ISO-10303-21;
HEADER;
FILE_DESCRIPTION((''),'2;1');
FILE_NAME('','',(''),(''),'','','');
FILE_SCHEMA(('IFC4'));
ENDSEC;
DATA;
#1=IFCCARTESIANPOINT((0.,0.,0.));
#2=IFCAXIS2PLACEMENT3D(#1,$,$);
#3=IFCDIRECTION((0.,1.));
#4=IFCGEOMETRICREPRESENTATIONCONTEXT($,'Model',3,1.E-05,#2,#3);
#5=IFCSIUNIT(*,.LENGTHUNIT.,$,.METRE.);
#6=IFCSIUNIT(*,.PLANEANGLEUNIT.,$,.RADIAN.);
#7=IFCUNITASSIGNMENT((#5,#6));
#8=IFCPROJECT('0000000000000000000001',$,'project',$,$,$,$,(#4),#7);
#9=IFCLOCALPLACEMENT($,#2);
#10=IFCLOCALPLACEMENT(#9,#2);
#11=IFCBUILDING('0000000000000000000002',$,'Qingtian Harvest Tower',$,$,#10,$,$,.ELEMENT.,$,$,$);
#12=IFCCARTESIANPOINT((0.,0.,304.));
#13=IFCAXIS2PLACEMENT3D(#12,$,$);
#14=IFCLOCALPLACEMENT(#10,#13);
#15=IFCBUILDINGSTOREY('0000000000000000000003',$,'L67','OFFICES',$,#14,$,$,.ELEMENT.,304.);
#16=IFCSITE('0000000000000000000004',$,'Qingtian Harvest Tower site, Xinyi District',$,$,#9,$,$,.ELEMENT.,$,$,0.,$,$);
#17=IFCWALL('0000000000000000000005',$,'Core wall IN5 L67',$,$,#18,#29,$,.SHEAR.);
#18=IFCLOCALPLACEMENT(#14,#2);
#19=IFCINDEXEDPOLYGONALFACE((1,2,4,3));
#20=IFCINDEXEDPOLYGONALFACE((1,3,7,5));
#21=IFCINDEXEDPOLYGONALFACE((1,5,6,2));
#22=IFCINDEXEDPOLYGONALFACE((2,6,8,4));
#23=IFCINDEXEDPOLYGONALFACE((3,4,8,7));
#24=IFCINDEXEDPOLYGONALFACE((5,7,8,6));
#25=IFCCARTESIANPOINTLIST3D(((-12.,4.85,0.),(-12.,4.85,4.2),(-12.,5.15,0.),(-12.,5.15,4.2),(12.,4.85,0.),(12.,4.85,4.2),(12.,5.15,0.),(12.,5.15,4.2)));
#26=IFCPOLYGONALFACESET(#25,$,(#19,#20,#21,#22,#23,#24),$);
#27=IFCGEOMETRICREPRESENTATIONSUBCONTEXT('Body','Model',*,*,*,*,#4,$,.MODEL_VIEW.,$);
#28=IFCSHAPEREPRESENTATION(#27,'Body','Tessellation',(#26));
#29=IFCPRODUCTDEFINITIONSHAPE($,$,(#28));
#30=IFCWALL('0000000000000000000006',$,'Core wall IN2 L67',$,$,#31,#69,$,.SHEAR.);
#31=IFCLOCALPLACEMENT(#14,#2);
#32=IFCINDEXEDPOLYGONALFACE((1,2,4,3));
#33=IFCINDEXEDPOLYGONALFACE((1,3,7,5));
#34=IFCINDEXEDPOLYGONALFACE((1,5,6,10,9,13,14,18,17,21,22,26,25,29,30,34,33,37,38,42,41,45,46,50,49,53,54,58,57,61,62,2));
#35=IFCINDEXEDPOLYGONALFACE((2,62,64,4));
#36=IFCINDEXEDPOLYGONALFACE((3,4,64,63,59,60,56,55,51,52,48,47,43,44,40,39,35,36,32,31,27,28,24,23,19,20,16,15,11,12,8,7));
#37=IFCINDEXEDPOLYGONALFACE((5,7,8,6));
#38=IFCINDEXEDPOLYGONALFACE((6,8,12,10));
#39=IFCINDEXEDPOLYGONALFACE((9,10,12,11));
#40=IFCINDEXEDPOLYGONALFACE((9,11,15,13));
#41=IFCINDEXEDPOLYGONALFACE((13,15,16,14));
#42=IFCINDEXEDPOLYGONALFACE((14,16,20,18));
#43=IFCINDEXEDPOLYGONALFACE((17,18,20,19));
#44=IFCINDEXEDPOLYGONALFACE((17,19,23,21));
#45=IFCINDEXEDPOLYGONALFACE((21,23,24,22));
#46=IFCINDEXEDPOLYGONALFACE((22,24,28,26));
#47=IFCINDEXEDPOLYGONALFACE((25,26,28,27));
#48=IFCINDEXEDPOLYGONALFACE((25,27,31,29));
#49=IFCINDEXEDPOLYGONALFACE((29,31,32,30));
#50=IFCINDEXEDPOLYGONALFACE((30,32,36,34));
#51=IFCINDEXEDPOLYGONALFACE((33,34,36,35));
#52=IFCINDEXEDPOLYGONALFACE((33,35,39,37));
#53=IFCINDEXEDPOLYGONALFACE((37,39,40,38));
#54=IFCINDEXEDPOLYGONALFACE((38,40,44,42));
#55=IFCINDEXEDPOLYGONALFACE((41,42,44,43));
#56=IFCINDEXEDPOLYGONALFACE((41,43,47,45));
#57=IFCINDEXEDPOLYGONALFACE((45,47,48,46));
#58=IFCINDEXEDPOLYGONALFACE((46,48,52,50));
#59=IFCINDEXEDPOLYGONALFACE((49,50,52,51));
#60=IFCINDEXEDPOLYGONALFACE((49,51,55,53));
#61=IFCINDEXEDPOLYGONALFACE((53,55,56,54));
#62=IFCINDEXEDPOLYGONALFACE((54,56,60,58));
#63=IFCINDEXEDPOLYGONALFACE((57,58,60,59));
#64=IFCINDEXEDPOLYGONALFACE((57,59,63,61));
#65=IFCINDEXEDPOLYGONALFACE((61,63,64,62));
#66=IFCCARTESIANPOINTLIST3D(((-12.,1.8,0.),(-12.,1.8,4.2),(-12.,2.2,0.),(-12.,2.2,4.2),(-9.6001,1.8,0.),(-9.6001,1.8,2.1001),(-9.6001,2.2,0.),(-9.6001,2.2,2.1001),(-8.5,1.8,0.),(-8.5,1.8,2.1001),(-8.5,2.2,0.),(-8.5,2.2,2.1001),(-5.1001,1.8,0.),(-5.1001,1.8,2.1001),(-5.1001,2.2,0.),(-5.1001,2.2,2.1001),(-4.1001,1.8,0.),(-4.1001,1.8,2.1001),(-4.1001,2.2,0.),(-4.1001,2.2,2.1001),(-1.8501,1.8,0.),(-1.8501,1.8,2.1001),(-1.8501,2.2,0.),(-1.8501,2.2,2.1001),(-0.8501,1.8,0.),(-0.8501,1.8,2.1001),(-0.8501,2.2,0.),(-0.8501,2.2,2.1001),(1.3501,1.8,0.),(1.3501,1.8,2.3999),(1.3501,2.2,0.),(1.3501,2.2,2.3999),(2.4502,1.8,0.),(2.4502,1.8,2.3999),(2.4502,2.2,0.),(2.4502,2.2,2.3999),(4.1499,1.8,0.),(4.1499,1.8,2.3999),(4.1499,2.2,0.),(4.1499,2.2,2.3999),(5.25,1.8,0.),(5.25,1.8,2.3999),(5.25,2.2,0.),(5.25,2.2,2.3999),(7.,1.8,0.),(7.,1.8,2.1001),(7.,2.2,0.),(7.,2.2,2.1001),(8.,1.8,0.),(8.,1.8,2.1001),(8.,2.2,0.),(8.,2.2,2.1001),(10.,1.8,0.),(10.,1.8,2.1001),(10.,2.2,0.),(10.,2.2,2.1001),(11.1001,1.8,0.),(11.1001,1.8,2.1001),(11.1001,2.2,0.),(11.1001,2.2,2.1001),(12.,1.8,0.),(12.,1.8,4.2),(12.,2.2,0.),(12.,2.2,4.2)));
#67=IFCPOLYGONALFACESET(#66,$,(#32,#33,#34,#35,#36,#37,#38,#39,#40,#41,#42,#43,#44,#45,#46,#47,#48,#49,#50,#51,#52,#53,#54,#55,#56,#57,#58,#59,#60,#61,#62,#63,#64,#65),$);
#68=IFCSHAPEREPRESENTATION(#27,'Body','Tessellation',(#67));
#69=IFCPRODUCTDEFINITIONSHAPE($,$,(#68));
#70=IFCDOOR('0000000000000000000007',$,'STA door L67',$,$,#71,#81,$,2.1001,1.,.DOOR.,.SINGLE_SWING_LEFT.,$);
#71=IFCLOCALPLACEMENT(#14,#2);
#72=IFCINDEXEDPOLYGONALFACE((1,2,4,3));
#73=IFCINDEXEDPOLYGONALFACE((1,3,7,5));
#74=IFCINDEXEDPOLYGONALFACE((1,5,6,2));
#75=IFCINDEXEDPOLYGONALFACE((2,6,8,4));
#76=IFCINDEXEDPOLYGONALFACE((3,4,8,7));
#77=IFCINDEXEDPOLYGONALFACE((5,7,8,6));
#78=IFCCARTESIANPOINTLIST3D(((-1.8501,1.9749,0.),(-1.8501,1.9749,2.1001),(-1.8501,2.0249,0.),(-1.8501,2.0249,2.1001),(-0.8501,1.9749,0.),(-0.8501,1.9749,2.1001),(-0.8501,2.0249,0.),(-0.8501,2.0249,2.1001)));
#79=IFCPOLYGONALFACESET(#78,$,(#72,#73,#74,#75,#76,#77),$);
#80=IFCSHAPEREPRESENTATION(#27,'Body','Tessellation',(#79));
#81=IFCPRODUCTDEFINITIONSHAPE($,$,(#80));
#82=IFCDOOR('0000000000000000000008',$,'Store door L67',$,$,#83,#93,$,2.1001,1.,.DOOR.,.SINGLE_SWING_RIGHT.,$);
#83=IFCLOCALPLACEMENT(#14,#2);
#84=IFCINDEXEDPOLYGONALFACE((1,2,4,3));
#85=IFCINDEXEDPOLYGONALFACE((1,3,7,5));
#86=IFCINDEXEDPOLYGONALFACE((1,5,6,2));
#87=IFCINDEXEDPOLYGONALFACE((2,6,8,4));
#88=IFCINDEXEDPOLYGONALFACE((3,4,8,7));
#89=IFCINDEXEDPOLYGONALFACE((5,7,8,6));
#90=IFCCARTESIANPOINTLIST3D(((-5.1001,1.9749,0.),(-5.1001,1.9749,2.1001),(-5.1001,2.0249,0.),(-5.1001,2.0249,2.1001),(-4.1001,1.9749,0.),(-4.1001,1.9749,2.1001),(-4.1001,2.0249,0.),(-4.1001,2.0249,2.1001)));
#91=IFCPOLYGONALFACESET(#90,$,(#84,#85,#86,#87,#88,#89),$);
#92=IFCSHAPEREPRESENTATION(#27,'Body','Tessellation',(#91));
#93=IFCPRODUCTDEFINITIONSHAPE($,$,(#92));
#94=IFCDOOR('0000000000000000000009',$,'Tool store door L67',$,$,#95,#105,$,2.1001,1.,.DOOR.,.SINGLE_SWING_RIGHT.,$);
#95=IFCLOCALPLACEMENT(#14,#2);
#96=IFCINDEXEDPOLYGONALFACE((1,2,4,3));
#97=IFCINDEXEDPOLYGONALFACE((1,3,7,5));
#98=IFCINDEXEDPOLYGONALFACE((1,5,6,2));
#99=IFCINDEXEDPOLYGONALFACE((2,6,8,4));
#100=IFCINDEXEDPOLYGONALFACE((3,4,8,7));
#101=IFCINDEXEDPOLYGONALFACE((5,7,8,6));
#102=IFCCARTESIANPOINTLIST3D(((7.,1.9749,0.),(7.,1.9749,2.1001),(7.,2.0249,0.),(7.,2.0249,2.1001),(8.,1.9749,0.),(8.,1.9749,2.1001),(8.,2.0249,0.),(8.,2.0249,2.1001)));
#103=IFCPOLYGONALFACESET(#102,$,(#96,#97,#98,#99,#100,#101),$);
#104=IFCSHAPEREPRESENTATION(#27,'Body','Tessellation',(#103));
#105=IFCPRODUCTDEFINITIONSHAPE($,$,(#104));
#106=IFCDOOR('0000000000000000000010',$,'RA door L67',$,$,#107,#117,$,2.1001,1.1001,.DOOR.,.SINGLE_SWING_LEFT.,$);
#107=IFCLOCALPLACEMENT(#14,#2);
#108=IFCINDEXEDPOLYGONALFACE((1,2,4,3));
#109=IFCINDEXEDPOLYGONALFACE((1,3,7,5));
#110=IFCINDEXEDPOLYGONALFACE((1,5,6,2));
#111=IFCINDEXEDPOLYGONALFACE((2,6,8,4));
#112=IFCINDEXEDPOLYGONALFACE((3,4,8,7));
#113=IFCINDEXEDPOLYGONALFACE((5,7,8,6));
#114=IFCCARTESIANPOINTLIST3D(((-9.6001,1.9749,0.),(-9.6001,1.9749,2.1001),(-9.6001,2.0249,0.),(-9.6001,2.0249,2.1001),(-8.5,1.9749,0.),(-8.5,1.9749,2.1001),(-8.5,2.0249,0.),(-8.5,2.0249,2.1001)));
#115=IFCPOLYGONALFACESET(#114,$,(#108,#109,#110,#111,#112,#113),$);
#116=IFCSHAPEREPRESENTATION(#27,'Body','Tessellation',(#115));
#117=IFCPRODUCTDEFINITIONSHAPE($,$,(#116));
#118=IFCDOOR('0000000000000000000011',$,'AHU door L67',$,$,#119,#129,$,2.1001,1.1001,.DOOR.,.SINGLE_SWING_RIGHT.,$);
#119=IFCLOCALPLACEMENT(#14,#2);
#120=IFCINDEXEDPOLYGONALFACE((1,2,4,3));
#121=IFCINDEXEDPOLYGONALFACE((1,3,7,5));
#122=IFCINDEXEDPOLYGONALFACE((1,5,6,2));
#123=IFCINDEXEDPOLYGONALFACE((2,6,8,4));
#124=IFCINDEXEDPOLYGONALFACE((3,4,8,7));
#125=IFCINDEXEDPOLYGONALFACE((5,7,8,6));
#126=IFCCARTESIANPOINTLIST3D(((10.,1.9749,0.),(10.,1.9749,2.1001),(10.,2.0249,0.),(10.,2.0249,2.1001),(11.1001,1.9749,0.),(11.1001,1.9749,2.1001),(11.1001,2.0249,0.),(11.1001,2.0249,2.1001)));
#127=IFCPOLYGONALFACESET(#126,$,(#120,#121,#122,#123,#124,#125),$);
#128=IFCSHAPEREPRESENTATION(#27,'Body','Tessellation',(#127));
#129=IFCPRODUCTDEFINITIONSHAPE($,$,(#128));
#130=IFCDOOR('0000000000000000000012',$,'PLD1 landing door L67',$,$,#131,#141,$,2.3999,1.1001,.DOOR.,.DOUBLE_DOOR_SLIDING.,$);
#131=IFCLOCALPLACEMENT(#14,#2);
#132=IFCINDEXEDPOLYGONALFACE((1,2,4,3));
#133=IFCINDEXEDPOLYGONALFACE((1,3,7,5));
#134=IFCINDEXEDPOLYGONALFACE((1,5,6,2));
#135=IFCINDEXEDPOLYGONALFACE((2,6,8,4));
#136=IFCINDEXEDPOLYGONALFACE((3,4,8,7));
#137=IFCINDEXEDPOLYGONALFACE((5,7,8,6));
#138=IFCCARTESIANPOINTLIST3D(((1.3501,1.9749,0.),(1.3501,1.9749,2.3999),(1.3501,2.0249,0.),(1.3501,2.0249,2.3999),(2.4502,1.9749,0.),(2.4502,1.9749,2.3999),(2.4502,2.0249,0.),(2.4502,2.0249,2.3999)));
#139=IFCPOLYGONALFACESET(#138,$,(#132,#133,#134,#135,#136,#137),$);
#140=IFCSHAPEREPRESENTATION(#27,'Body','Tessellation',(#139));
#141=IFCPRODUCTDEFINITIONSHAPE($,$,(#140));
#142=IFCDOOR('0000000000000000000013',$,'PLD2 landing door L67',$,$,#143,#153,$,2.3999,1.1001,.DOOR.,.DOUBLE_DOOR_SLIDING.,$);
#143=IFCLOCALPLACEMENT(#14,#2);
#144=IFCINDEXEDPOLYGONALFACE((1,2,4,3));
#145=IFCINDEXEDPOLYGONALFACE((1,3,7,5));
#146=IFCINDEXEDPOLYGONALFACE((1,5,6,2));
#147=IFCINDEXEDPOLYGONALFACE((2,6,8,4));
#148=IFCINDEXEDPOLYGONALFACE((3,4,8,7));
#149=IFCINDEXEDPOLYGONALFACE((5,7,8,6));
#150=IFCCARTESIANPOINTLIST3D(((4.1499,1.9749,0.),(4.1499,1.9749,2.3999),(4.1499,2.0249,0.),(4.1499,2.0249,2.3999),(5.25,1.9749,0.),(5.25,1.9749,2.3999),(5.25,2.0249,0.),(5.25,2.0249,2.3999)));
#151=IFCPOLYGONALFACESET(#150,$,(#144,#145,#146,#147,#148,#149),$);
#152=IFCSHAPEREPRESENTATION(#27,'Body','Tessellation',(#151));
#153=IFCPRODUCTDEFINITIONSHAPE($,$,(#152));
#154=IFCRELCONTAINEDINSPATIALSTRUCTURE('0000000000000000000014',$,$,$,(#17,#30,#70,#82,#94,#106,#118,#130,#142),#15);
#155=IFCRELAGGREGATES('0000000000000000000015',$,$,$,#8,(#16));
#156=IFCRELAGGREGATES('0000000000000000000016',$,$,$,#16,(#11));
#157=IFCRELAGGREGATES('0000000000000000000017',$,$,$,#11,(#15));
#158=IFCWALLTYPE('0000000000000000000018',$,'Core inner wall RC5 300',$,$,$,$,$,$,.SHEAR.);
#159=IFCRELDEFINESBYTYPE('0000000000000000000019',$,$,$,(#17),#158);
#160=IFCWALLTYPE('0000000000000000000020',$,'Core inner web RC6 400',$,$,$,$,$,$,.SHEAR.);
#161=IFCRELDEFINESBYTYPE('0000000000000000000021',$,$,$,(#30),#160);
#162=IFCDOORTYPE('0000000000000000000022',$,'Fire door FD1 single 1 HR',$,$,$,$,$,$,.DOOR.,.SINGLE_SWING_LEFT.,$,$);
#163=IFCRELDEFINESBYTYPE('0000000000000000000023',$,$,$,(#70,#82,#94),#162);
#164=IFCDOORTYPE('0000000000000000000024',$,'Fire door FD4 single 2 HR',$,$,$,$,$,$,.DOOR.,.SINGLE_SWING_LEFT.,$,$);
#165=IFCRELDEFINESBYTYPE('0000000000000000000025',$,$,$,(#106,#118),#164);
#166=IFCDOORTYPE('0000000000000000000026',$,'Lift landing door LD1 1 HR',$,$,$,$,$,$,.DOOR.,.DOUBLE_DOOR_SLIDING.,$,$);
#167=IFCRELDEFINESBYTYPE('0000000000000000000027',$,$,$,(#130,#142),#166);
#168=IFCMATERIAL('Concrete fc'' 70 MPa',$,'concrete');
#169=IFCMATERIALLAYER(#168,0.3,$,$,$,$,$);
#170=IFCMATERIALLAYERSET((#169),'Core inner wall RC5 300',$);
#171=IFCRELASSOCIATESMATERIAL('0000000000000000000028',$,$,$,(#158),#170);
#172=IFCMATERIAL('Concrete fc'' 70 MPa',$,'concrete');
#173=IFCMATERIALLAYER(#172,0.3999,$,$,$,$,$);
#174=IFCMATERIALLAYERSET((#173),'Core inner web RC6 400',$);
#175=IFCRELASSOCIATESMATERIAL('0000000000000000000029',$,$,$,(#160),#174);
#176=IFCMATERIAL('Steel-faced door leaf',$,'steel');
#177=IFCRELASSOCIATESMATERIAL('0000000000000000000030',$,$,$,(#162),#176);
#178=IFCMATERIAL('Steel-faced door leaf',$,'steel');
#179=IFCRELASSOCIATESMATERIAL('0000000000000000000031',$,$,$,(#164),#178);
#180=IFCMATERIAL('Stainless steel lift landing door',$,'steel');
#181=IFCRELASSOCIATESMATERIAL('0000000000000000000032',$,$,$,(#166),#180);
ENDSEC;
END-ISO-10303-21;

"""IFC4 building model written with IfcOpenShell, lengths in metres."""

from ifc_helpers import new_model, si_unit, direction, frame, frame_2d, origin, place, context, subcontext, project, spatial, rectangle, extrude, material, layer, layer_set, type_object, element, fill, save


model = new_model("IFC4")

# Units and contexts
model_context = context("Model", 3, precision=1e-05, world=origin(), true_north=direction((0.0, 1.0)))
body_context = subcontext(model_context, "Body", "Model", "MODEL_VIEW")
ifc_project = project(units=[si_unit("LENGTHUNIT", "METRE"), si_unit("PLANEANGLEUNIT", "RADIAN")], contexts=[model_context])

# Site, building, storey
site_placement = place(None, origin())
site = spatial("IfcSite", under=ifc_project, at=site_placement, Name="Qingtian Harvest Tower site, Xinyi District", CompositionType="ELEMENT", RefElevation=0.0)
building_placement = place(site_placement, origin())
building = spatial("IfcBuilding", under=site, at=building_placement, Name="Qingtian Harvest Tower", CompositionType="ELEMENT")
storey_placement = place(building_placement, frame((0.0, 0.0, 304.0)))
storey = spatial("IfcBuildingStorey", under=building, at=storey_placement, Name="L67", Description="OFFICES", CompositionType="ELEMENT", Elevation=304.0)

# Wall
ifc_material_1 = material(Name="Concrete fc' 70 MPa", Category="concrete")
ifc_layer_1 = layer(ifc_material_1, 0.3)
ifc_layer_set_1 = layer_set([ifc_layer_1], Name="Core inner wall RC5 300")
wall_type_1 = type_object("IfcWallType", Name="Core inner wall RC5 300", PredefinedType="SHEAR", material=ifc_layer_set_1)
wall_1_placement = place(storey_placement, frame((-12.0, 5.0, 0.0), z_axis=(0.0, 0.0, 1.0), x_axis=(1.0, 0.0, 0.0)))
element("IfcWall", 1, at=wall_1_placement, inside=storey, type_object=wall_type_1, Name="Core wall IN5 L67", PredefinedType="SHEAR", context=body_context, shape_type="SweptSolid", body=[
    extrude(rectangle(XDim=24.0, YDim=0.3, at=frame_2d((12.0, 0.0))), origin(), (0.0, 0.0, 1.0), 4.2),
])

# Wall, openings, doors
ifc_material_2 = material(Name="Concrete fc' 70 MPa", Category="concrete")
ifc_layer_2 = layer(ifc_material_2, 0.3999)
ifc_layer_set_2 = layer_set([ifc_layer_2], Name="Core inner web RC6 400")
wall_type_2 = type_object("IfcWallType", Name="Core inner web RC6 400", PredefinedType="SHEAR", material=ifc_layer_set_2)
wall_2_placement = place(storey_placement, frame((-12.0, 2.0, 0.0), z_axis=(0.0, 0.0, 1.0), x_axis=(1.0, 0.0, 0.0)))
wall_2 = element("IfcWall", 2, at=wall_2_placement, inside=storey, type_object=wall_type_2, Name="Core wall IN2 L67", PredefinedType="SHEAR", context=body_context, shape_type="SweptSolid", body=[
    extrude(rectangle(XDim=24.0, YDim=0.3999, at=frame_2d((12.0, 0.0))), origin(), (0.0, 0.0, 1.0), 4.2),
])
opening_1_placement = place(wall_2_placement, frame((2.3999, 0.0, 0.0)))
opening_1 = element("IfcOpeningElement", 3, at=opening_1_placement, cuts=wall_2, PredefinedType="OPENING", context=body_context, shape_type="SweptSolid", body=[
    extrude(rectangle(XDim=1.1001, YDim=2.1001, at=frame_2d((0.55, 1.05))), frame((0.0, 0.21, 0.0), z_axis=(0.0, -1.0, 0.0), x_axis=(1.0, 0.0, 0.0)), (0.0, 0.0, 1.0), 0.4199),
])
opening_2_placement = place(wall_2_placement, frame((22.0, 0.0, 0.0)))
opening_2 = element("IfcOpeningElement", 4, at=opening_2_placement, cuts=wall_2, PredefinedType="OPENING", context=body_context, shape_type="SweptSolid", body=[
    extrude(rectangle(XDim=1.1001, YDim=2.1001, at=frame_2d((0.55, 1.05))), frame((0.0, 0.21, 0.0), z_axis=(0.0, -1.0, 0.0), x_axis=(1.0, 0.0, 0.0)), (0.0, 0.0, 1.0), 0.4199),
])
opening_3_placement = place(wall_2_placement, frame((10.1499, 0.0, 0.0)))
opening_3 = element("IfcOpeningElement", 5, at=opening_3_placement, cuts=wall_2, PredefinedType="OPENING", context=body_context, shape_type="SweptSolid", body=[
    extrude(rectangle(XDim=1.0, YDim=2.1001, at=frame_2d((0.5, 1.05))), frame((0.0, 0.21, 0.0), z_axis=(0.0, -1.0, 0.0), x_axis=(1.0, 0.0, 0.0)), (0.0, 0.0, 1.0), 0.4199),
])
opening_4_placement = place(wall_2_placement, frame((6.8999, 0.0, 0.0)))
opening_4 = element("IfcOpeningElement", 6, at=opening_4_placement, cuts=wall_2, PredefinedType="OPENING", context=body_context, shape_type="SweptSolid", body=[
    extrude(rectangle(XDim=1.0, YDim=2.1001, at=frame_2d((0.5, 1.05))), frame((0.0, 0.21, 0.0), z_axis=(0.0, -1.0, 0.0), x_axis=(1.0, 0.0, 0.0)), (0.0, 0.0, 1.0), 0.4199),
])
opening_5_placement = place(wall_2_placement, frame((13.3501, 0.0, 0.0)))
opening_5 = element("IfcOpeningElement", 7, at=opening_5_placement, cuts=wall_2, PredefinedType="OPENING", context=body_context, shape_type="SweptSolid", body=[
    extrude(rectangle(XDim=1.1001, YDim=2.3999, at=frame_2d((0.55, 1.2))), frame((0.0, 0.21, 0.0), z_axis=(0.0, -1.0, 0.0), x_axis=(1.0, 0.0, 0.0)), (0.0, 0.0, 1.0), 0.4199),
])
opening_6_placement = place(wall_2_placement, frame((16.1499, 0.0, 0.0)))
opening_6 = element("IfcOpeningElement", 8, at=opening_6_placement, cuts=wall_2, PredefinedType="OPENING", context=body_context, shape_type="SweptSolid", body=[
    extrude(rectangle(XDim=1.1001, YDim=2.3999, at=frame_2d((0.55, 1.2))), frame((0.0, 0.21, 0.0), z_axis=(0.0, -1.0, 0.0), x_axis=(1.0, 0.0, 0.0)), (0.0, 0.0, 1.0), 0.4199),
])
opening_7_placement = place(wall_2_placement, frame((19.0, 0.0, 0.0)))
opening_7 = element("IfcOpeningElement", 9, at=opening_7_placement, cuts=wall_2, PredefinedType="OPENING", context=body_context, shape_type="SweptSolid", body=[
    extrude(rectangle(XDim=1.0, YDim=2.1001, at=frame_2d((0.5, 1.05))), frame((0.0, 0.21, 0.0), z_axis=(0.0, -1.0, 0.0), x_axis=(1.0, 0.0, 0.0)), (0.0, 0.0, 1.0), 0.4199),
])
ifc_material_3 = material(Name="Steel-faced door leaf", Category="steel")
door_type_1 = type_object("IfcDoorType", Name="Fire door FD1 single 1 HR", OperationType="SINGLE_SWING_LEFT", PredefinedType="DOOR", material=ifc_material_3)
door_1_placement = place(opening_3_placement, origin())
door_1 = element("IfcDoor", 10, at=door_1_placement, inside=storey, type_object=door_type_1, Name="STA door L67", OperationType="SINGLE_SWING_LEFT", OverallHeight=2.1001, OverallWidth=1.0, PredefinedType="DOOR", context=body_context, shape_type="SweptSolid", body=[
    extrude(rectangle(XDim=1.0, YDim=2.1001, at=frame_2d((0.5, 1.05))), frame((0.0, 0.0249, 0.0), z_axis=(0.0, -1.0, 0.0), x_axis=(1.0, 0.0, 0.0)), (0.0, 0.0, 1.0), 0.05),
])
fill(opening_3, door_1)
door_2_placement = place(opening_4_placement, origin())
door_2 = element("IfcDoor", 11, at=door_2_placement, inside=storey, type_object=door_type_1, Name="Store door L67", OperationType="SINGLE_SWING_RIGHT", OverallHeight=2.1001, OverallWidth=1.0, PredefinedType="DOOR", context=body_context, shape_type="SweptSolid", body=[
    extrude(rectangle(XDim=1.0, YDim=2.1001, at=frame_2d((0.5, 1.05))), frame((0.0, 0.0249, 0.0), z_axis=(0.0, -1.0, 0.0), x_axis=(1.0, 0.0, 0.0)), (0.0, 0.0, 1.0), 0.05),
])
fill(opening_4, door_2)
door_3_placement = place(opening_7_placement, origin())
door_3 = element("IfcDoor", 12, at=door_3_placement, inside=storey, type_object=door_type_1, Name="Tool store door L67", OperationType="SINGLE_SWING_RIGHT", OverallHeight=2.1001, OverallWidth=1.0, PredefinedType="DOOR", context=body_context, shape_type="SweptSolid", body=[
    extrude(rectangle(XDim=1.0, YDim=2.1001, at=frame_2d((0.5, 1.05))), frame((0.0, 0.0249, 0.0), z_axis=(0.0, -1.0, 0.0), x_axis=(1.0, 0.0, 0.0)), (0.0, 0.0, 1.0), 0.05),
])
fill(opening_7, door_3)
ifc_material_4 = material(Name="Steel-faced door leaf", Category="steel")
door_type_2 = type_object("IfcDoorType", Name="Fire door FD4 single 2 HR", OperationType="SINGLE_SWING_LEFT", PredefinedType="DOOR", material=ifc_material_4)
door_4_placement = place(opening_1_placement, origin())
door_4 = element("IfcDoor", 13, at=door_4_placement, inside=storey, type_object=door_type_2, Name="RA door L67", OperationType="SINGLE_SWING_LEFT", OverallHeight=2.1001, OverallWidth=1.1001, PredefinedType="DOOR", context=body_context, shape_type="SweptSolid", body=[
    extrude(rectangle(XDim=1.1001, YDim=2.1001, at=frame_2d((0.55, 1.05))), frame((0.0, 0.0249, 0.0), z_axis=(0.0, -1.0, 0.0), x_axis=(1.0, 0.0, 0.0)), (0.0, 0.0, 1.0), 0.05),
])
fill(opening_1, door_4)
door_5_placement = place(opening_2_placement, origin())
door_5 = element("IfcDoor", 14, at=door_5_placement, inside=storey, type_object=door_type_2, Name="AHU door L67", OperationType="SINGLE_SWING_RIGHT", OverallHeight=2.1001, OverallWidth=1.1001, PredefinedType="DOOR", context=body_context, shape_type="SweptSolid", body=[
    extrude(rectangle(XDim=1.1001, YDim=2.1001, at=frame_2d((0.55, 1.05))), frame((0.0, 0.0249, 0.0), z_axis=(0.0, -1.0, 0.0), x_axis=(1.0, 0.0, 0.0)), (0.0, 0.0, 1.0), 0.05),
])
fill(opening_2, door_5)
ifc_material_5 = material(Name="Stainless steel lift landing door", Category="steel")
door_type_3 = type_object("IfcDoorType", Name="Lift landing door LD1 1 HR", OperationType="DOUBLE_DOOR_SLIDING", PredefinedType="DOOR", material=ifc_material_5)
door_6_placement = place(opening_5_placement, origin())
door_6 = element("IfcDoor", 15, at=door_6_placement, inside=storey, type_object=door_type_3, Name="PLD1 landing door L67", OperationType="DOUBLE_DOOR_SLIDING", OverallHeight=2.3999, OverallWidth=1.1001, PredefinedType="DOOR", context=body_context, shape_type="SweptSolid", body=[
    extrude(rectangle(XDim=1.1001, YDim=2.3999, at=frame_2d((0.55, 1.2))), frame((0.0, 0.0249, 0.0), z_axis=(0.0, -1.0, 0.0), x_axis=(1.0, 0.0, 0.0)), (0.0, 0.0, 1.0), 0.05),
])
fill(opening_5, door_6)
door_7_placement = place(opening_6_placement, origin())
door_7 = element("IfcDoor", 16, at=door_7_placement, inside=storey, type_object=door_type_3, Name="PLD2 landing door L67", OperationType="DOUBLE_DOOR_SLIDING", OverallHeight=2.3999, OverallWidth=1.1001, PredefinedType="DOOR", context=body_context, shape_type="SweptSolid", body=[
    extrude(rectangle(XDim=1.1001, YDim=2.3999, at=frame_2d((0.55, 1.2))), frame((0.0, 0.0249, 0.0), z_axis=(0.0, -1.0, 0.0), x_axis=(1.0, 0.0, 0.0)), (0.0, 0.0, 1.0), 0.05),
])
fill(opening_6, door_7)

save(model, "model.ifc")
